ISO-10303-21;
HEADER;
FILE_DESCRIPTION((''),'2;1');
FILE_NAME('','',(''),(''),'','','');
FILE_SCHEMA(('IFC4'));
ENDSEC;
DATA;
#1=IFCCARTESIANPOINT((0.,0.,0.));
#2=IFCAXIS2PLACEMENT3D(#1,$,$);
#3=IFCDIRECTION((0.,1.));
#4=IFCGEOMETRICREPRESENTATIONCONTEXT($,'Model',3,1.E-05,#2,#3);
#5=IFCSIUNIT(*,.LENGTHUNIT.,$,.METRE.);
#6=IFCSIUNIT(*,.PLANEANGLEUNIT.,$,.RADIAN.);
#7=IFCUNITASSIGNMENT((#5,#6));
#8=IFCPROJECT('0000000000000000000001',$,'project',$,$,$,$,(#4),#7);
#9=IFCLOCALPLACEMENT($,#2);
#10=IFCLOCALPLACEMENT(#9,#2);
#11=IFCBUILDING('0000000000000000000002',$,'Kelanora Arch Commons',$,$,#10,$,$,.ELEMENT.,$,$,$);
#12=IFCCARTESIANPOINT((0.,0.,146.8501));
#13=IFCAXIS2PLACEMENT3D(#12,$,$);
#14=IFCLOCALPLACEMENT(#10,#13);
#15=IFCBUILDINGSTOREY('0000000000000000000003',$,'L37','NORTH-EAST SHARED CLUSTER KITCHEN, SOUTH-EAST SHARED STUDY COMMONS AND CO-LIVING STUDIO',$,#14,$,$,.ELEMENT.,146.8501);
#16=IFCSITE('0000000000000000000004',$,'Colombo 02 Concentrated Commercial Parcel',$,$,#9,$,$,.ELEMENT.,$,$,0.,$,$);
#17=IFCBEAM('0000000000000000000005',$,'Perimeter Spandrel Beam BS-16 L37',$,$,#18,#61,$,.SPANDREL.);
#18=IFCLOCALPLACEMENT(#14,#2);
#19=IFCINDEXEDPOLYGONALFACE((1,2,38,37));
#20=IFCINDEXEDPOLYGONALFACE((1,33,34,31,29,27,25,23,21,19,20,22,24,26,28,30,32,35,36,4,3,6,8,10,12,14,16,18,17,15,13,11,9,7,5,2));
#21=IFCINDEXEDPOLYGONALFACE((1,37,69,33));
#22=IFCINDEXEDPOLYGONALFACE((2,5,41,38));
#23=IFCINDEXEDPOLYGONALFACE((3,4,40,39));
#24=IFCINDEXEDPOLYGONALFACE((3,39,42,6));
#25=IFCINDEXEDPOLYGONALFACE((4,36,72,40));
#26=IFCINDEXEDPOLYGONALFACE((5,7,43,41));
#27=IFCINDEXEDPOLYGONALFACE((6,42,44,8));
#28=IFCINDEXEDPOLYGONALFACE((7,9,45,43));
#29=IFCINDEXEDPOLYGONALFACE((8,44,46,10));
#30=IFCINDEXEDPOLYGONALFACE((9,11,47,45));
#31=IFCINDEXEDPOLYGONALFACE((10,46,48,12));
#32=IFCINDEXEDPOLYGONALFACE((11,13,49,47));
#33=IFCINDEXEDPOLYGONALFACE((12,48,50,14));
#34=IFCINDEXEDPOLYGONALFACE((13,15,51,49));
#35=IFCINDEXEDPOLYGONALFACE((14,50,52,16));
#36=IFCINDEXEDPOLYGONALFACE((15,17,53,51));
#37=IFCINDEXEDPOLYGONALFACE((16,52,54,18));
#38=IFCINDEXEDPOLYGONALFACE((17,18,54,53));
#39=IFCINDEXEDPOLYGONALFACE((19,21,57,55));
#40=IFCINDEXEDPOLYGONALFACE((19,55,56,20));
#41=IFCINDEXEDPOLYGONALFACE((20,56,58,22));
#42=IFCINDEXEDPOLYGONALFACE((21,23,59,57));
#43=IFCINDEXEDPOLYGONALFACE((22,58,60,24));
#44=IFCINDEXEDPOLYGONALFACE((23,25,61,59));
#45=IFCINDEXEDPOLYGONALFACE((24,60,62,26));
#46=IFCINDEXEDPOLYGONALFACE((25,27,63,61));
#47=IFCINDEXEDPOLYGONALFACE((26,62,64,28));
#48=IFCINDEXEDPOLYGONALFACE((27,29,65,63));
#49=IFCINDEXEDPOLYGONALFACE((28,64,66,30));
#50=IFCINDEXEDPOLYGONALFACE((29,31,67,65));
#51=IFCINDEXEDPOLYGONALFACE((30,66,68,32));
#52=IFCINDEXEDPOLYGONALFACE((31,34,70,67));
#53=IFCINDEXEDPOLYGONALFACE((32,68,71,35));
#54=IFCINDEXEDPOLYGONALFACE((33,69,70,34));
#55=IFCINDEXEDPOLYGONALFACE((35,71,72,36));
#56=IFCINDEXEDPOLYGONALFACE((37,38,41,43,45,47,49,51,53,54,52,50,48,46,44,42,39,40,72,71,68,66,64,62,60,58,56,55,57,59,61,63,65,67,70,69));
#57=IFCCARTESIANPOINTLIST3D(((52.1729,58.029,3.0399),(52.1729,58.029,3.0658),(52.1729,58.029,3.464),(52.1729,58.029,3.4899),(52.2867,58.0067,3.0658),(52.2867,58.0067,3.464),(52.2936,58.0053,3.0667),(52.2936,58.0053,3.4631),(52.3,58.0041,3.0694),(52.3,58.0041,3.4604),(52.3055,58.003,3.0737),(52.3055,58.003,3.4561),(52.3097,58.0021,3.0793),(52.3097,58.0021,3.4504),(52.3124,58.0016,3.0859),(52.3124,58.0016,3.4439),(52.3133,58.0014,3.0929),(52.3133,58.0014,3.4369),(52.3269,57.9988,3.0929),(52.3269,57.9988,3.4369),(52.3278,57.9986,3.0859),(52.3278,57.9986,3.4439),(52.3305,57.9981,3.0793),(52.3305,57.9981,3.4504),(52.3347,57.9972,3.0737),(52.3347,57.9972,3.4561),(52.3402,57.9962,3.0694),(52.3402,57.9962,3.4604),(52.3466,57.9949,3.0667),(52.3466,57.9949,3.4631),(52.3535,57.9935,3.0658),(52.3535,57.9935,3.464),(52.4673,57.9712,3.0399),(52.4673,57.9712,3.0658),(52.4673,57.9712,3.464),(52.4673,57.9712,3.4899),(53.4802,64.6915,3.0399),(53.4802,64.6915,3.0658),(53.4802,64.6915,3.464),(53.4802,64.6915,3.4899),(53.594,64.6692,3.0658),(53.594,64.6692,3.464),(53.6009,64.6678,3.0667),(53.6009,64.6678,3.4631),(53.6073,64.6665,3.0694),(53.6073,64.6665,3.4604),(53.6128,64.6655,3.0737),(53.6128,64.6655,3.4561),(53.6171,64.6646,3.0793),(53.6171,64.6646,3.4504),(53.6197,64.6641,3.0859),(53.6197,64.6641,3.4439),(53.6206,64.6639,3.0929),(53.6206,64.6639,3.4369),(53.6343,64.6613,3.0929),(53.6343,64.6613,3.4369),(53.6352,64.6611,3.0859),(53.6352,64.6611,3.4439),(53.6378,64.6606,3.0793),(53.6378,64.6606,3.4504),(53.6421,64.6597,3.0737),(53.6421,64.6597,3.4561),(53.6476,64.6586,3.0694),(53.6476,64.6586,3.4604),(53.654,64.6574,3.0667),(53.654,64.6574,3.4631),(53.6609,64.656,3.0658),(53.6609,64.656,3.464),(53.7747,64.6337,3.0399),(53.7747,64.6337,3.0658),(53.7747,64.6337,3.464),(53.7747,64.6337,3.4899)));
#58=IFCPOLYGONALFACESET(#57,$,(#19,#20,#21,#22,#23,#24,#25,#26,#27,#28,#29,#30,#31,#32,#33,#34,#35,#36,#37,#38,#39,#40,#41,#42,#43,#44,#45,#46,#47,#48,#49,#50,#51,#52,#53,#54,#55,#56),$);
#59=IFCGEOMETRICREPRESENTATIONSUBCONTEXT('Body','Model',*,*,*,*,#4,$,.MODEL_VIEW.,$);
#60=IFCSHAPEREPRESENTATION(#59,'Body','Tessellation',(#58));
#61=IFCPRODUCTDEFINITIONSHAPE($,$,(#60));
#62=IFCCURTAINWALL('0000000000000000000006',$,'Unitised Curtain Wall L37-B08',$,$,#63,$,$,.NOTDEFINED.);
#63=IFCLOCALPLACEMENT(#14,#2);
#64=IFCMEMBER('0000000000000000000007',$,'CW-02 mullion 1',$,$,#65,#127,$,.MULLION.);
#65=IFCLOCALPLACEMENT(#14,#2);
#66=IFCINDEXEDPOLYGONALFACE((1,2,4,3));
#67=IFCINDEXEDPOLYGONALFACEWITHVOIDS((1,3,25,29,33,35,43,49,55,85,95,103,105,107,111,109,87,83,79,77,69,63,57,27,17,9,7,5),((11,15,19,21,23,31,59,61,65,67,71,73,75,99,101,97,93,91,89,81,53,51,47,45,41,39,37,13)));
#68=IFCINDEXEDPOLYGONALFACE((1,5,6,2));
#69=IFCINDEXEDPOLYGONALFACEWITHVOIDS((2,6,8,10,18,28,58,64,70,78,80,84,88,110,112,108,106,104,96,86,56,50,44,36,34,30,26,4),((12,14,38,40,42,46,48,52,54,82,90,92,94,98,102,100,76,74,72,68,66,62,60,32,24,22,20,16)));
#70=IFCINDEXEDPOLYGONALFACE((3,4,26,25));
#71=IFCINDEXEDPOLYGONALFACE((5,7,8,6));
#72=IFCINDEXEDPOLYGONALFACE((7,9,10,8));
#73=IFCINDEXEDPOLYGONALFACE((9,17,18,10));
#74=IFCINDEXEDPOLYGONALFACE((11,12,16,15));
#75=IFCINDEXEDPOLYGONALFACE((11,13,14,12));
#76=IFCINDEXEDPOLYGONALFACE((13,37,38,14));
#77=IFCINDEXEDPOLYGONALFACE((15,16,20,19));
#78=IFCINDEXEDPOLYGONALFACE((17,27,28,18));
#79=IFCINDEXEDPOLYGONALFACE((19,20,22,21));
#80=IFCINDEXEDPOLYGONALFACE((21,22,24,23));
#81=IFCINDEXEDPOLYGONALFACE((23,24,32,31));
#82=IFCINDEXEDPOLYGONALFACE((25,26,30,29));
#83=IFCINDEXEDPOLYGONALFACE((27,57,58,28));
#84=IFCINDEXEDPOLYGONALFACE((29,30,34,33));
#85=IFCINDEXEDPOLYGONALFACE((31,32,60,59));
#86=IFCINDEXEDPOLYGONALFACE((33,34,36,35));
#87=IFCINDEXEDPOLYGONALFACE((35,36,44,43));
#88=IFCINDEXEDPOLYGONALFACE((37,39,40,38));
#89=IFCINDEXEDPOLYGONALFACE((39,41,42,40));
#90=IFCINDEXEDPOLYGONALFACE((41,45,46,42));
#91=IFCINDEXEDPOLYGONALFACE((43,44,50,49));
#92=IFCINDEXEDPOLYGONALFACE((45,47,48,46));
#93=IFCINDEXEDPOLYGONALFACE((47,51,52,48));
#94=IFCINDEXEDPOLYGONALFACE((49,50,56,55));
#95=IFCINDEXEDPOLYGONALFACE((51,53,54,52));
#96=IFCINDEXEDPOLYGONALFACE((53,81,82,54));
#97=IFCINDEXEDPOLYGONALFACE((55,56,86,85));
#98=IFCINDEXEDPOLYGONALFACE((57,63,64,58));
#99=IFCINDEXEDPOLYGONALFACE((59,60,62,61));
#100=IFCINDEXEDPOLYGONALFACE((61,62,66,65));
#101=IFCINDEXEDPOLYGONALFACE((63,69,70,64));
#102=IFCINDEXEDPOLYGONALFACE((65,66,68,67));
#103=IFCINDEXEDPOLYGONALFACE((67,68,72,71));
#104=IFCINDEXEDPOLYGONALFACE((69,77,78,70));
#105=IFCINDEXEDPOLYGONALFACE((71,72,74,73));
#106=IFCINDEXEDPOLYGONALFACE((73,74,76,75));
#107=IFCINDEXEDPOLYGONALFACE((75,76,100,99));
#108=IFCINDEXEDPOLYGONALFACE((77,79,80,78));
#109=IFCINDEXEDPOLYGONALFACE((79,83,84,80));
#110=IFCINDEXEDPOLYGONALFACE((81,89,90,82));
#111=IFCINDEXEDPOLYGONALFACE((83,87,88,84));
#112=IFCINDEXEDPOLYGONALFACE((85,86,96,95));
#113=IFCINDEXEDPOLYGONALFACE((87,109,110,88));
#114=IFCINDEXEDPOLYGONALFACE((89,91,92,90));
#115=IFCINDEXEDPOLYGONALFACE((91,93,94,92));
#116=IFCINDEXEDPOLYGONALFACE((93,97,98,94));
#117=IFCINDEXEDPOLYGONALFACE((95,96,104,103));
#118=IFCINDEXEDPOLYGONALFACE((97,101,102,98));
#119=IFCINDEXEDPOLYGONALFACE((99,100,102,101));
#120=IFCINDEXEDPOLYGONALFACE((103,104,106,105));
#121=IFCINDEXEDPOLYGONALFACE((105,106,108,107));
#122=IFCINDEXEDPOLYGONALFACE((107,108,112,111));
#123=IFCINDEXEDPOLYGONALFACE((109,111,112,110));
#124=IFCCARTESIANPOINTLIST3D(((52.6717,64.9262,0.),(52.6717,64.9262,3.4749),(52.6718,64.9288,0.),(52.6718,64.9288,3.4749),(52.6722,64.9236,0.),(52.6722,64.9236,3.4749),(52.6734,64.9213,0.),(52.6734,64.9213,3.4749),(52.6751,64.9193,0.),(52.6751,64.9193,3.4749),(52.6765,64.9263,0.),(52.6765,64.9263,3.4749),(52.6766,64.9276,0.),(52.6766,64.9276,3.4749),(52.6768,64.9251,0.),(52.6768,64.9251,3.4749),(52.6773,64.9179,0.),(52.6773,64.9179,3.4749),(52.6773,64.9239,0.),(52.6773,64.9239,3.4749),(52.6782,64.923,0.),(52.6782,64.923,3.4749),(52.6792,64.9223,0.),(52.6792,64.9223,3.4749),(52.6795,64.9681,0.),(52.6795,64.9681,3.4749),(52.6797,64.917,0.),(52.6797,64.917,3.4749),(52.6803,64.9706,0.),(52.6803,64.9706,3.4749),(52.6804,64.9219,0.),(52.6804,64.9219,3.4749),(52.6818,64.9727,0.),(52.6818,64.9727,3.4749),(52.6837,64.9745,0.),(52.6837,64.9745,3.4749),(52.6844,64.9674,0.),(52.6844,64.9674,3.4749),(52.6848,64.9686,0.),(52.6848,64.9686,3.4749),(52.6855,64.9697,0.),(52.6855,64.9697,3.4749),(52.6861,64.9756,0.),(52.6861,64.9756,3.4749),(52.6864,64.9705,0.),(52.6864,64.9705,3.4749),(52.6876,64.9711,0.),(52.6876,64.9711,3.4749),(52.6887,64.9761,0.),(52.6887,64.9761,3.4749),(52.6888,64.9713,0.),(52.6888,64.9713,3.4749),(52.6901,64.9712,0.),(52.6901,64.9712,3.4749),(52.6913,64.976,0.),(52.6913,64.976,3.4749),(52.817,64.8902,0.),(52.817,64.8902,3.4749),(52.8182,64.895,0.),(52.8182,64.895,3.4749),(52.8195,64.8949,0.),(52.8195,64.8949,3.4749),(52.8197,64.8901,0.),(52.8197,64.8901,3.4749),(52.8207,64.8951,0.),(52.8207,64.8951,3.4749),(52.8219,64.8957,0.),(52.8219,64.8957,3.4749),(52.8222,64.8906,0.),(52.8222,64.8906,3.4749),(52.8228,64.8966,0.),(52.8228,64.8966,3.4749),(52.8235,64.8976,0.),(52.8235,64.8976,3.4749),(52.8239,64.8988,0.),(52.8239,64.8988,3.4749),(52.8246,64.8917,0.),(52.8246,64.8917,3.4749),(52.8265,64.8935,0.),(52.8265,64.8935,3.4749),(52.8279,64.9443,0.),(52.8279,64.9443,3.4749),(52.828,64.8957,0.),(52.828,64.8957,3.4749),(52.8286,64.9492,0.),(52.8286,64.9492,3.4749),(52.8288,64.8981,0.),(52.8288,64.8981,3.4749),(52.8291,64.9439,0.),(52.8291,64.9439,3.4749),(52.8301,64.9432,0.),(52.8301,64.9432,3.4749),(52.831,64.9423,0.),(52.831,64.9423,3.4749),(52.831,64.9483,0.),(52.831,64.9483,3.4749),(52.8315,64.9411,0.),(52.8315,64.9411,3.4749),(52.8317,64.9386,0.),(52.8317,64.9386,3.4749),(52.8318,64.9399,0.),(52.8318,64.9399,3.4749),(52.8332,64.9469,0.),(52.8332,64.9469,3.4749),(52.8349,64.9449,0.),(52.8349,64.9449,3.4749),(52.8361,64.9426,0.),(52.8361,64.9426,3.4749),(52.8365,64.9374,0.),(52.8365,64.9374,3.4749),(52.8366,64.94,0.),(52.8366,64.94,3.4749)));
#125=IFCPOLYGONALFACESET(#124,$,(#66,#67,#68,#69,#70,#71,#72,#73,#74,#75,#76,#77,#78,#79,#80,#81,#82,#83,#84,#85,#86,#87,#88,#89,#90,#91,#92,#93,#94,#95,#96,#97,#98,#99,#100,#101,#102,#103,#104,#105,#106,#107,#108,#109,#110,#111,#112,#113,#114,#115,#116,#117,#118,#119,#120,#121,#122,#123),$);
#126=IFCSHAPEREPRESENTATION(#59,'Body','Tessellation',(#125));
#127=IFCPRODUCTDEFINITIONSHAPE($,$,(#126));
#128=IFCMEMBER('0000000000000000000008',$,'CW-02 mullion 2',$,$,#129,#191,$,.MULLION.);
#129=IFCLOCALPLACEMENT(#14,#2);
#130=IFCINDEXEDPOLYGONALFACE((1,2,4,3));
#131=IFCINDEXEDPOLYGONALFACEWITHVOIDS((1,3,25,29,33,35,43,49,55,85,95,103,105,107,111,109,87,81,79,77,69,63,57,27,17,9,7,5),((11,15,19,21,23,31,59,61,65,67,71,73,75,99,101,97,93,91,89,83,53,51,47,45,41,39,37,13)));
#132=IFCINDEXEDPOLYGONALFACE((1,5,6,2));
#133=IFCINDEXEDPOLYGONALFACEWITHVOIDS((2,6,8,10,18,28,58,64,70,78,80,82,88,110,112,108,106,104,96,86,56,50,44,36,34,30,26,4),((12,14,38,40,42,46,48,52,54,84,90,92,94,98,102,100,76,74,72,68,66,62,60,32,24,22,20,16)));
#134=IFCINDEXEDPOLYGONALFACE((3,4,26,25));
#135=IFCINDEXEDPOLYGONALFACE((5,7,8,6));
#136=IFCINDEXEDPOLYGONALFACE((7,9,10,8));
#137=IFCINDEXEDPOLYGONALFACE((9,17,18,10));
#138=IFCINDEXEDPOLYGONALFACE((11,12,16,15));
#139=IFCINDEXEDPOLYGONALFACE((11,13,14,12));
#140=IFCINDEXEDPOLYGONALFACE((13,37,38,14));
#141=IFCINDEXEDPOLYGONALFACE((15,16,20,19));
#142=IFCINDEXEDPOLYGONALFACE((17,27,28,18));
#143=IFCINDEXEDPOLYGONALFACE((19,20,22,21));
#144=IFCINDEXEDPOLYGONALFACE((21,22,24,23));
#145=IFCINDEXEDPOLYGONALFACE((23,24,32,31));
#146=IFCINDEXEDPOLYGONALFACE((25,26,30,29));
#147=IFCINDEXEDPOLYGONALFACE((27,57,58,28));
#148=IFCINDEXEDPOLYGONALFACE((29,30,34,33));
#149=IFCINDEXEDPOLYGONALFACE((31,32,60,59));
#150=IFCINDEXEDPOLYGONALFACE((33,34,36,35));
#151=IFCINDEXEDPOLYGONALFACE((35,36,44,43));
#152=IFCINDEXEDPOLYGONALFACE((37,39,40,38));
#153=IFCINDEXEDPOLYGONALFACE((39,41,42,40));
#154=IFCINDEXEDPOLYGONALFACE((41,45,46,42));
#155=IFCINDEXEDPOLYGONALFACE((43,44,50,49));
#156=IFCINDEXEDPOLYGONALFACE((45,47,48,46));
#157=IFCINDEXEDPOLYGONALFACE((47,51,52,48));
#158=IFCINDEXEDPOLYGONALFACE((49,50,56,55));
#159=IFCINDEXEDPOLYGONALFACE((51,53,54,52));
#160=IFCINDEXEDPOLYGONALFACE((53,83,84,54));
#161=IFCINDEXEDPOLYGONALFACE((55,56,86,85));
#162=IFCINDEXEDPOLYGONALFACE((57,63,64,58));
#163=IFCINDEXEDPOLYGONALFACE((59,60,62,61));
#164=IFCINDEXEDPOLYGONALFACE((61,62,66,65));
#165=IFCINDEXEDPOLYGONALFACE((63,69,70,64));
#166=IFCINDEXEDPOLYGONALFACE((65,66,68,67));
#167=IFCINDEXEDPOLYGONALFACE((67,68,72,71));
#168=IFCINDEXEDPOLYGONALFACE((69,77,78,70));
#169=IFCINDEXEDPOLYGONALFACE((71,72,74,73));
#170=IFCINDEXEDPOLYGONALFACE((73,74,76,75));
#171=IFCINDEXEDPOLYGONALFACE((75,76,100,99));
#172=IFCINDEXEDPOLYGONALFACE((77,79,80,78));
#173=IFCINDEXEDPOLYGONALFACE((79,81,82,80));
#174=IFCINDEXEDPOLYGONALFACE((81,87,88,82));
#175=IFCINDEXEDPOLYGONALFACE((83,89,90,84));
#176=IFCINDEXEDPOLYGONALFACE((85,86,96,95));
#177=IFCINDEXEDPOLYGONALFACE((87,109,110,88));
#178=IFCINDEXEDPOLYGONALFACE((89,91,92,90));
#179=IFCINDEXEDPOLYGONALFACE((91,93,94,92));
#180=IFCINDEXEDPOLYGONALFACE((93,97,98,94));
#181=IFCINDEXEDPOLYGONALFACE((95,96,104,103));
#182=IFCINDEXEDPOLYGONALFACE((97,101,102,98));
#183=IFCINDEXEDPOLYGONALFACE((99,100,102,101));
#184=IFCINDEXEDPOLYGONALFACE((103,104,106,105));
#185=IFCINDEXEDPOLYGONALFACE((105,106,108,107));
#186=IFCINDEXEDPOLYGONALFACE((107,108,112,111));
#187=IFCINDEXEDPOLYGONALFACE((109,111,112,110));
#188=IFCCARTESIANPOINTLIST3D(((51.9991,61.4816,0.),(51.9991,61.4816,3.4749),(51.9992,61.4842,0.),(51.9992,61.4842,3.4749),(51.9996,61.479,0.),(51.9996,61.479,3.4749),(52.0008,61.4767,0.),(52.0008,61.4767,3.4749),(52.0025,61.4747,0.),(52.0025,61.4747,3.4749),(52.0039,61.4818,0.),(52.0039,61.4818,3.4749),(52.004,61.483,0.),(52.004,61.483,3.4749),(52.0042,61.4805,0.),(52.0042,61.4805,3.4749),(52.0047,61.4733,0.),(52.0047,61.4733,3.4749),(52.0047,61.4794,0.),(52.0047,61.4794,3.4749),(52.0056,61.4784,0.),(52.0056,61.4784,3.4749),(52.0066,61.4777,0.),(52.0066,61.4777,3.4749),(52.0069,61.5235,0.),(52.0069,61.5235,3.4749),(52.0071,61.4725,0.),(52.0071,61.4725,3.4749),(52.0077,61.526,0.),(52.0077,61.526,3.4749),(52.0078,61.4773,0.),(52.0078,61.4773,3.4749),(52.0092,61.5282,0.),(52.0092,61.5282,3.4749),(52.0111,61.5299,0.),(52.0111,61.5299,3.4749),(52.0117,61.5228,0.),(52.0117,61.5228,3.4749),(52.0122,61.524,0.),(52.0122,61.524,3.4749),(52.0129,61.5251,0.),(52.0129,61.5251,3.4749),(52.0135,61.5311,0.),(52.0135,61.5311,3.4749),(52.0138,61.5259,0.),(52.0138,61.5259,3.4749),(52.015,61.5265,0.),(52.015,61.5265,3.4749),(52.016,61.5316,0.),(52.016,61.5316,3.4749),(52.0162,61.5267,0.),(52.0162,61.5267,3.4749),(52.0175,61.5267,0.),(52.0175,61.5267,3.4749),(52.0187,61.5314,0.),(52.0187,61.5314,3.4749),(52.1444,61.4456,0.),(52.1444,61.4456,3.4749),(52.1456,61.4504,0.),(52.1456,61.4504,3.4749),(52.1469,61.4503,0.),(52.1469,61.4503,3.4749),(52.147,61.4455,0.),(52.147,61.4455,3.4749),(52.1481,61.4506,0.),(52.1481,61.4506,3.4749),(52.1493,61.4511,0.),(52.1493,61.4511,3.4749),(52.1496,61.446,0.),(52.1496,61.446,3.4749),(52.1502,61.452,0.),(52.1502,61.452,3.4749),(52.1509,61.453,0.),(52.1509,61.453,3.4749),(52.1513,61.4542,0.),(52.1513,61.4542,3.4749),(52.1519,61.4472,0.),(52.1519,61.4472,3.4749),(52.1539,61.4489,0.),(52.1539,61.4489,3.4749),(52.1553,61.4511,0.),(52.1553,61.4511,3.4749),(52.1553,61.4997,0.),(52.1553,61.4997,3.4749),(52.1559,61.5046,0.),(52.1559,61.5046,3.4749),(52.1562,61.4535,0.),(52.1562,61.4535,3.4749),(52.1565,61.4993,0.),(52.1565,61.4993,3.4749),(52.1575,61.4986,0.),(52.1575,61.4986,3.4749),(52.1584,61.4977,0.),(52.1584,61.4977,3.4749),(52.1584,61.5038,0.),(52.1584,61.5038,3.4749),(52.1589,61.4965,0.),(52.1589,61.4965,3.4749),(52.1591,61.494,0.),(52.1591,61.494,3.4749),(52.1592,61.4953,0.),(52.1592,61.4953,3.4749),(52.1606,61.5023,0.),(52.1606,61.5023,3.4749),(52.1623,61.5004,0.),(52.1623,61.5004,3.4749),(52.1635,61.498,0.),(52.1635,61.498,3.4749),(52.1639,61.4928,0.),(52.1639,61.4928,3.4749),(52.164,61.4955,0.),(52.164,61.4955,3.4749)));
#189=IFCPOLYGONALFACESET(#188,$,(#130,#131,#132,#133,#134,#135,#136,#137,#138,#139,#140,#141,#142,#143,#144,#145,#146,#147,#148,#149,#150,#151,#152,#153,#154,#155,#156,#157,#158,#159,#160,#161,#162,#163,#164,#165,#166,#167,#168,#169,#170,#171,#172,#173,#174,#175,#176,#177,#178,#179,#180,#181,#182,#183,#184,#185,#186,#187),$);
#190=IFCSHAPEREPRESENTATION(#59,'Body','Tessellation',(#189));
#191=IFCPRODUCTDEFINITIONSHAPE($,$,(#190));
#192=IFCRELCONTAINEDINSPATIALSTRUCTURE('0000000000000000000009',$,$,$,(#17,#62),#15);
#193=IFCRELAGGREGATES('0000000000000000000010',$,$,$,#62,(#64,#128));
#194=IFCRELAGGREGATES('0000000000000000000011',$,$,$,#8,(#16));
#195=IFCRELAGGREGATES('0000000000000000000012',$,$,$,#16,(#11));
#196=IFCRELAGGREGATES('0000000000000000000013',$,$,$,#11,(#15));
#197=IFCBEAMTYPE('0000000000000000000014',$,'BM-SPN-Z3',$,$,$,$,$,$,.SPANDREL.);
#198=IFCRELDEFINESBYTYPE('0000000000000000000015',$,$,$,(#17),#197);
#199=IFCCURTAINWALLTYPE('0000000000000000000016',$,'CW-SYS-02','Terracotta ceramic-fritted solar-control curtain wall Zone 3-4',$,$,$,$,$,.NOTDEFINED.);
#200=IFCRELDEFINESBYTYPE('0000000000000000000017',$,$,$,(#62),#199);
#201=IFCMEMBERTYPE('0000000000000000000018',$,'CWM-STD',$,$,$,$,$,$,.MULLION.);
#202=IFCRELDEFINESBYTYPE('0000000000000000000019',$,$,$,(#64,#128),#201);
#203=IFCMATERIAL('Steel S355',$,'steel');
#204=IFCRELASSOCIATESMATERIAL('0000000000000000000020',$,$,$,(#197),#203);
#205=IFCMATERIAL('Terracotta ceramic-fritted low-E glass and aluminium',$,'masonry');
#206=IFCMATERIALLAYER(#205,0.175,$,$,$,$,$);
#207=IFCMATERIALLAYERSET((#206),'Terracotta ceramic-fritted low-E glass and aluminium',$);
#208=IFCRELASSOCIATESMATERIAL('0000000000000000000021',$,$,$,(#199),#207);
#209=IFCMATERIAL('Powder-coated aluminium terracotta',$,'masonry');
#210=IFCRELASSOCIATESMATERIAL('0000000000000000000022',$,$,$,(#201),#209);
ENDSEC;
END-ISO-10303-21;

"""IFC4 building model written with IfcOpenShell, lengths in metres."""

from ifc_helpers import new_model, si_unit, direction, frame, origin, origin_2d, place, context, subcontext, project, spatial, hollow_rectangle, i_section, extrude, material, layer, layer_set, material_profile, profile_set, type_object, element, aggregate, save


model = new_model("IFC4")

# Units and contexts
model_context = context("Model", 3, precision=1e-05, world=origin(), true_north=direction((0.0, 1.0)))
body_context = subcontext(model_context, "Body", "Model", "MODEL_VIEW")
ifc_project = project(units=[si_unit("LENGTHUNIT", "METRE"), si_unit("PLANEANGLEUNIT", "RADIAN")], contexts=[model_context])

# Site, building, storey
site_placement = place(None, origin())
site = spatial("IfcSite", under=ifc_project, at=site_placement, Name="Colombo 02 Concentrated Commercial Parcel", CompositionType="ELEMENT", RefElevation=0.0)
building_placement = place(site_placement, origin())
building = spatial("IfcBuilding", under=site, at=building_placement, Name="Kelanora Arch Commons", CompositionType="ELEMENT")
storey_placement = place(building_placement, frame((0.0, 0.0, 146.8501)))
storey = spatial("IfcBuildingStorey", under=building, at=storey_placement, Name="L37", Description="NORTH-EAST SHARED CLUSTER KITCHEN, SOUTH-EAST SHARED STUDY COMMONS AND CO-LIVING STUDIO", CompositionType="ELEMENT", Elevation=146.8501)

# Beam
ifc_material_1 = material(Name="Steel S355", Category="steel")
ifc_material_profile_1 = material_profile(ifc_material_1, i_section(OverallWidth=0.3, OverallDepth=0.45, WebThickness=0.0139, FlangeThickness=0.0259, FilletRadius=0.0271, at=origin_2d()), Name="HEB450")
ifc_profile_set_1 = profile_set([ifc_material_profile_1], Name="Steel S355")
beam_type_1 = type_object("IfcBeamType", Name="BM-SPN-Z3", PredefinedType="SPANDREL", material=ifc_profile_set_1)
beam_1_placement = place(storey_placement, frame((53.6274, 64.6626, 3.2649), z_axis=(-0.192554, -0.981286, 0.0), x_axis=(0.981286, -0.192554, 0.0)))
element("IfcBeam", 1, at=beam_1_placement, inside=storey, type_object=beam_type_1, Name="Perimeter Spandrel Beam BS-16 L37", PredefinedType="SPANDREL", context=body_context, shape_type="SweptSolid", body=[
    extrude(i_section(OverallWidth=0.3, OverallDepth=0.45, WebThickness=0.0139, FlangeThickness=0.0259, FilletRadius=0.0271, at=origin_2d()), origin(), (0.0, 0.0, 1.0), 6.7896),
])

# Curtain wall, members
ifc_material_2 = material(Name="Terracotta ceramic-fritted low-E glass and aluminium", Category="masonry")
ifc_layer_1 = layer(ifc_material_2, 0.175)
ifc_layer_set_1 = layer_set([ifc_layer_1], Name="Terracotta ceramic-fritted low-E glass and aluminium")
curtain_wall_type = type_object("IfcCurtainWallType", Name="CW-SYS-02", Description="Terracotta ceramic-fritted solar-control curtain wall Zone 3-4", PredefinedType="NOTDEFINED", material=ifc_layer_set_1)
curtain_wall_placement = place(storey_placement, origin())
curtain_wall = element("IfcCurtainWall", 2, at=curtain_wall_placement, inside=storey, type_object=curtain_wall_type, Name="Unitised Curtain Wall L37-B08", PredefinedType="NOTDEFINED")
ifc_material_3 = material(Name="Powder-coated aluminium terracotta", Category="masonry")
ifc_material_profile_2 = material_profile(ifc_material_3, hollow_rectangle(XDim=0.1599, YDim=0.0601, WallThickness=0.0049, InnerFilletRadius=0.0049, OuterFilletRadius=0.01, at=origin_2d()), Name="CWM160x60")
ifc_profile_set_2 = profile_set([ifc_material_profile_2], Name="Powder-coated aluminium terracotta")
member_type_1 = type_object("IfcMemberType", Name="CWM-STD", PredefinedType="MULLION", material=ifc_profile_set_2)
member_1_placement = place(storey_placement, frame((52.7542, 64.9331, 0.0), z_axis=(0.0, 0.0, 1.0), x_axis=(0.981453, -0.191705, 0.0)))
member_1 = element("IfcMember", 3, at=member_1_placement, type_object=member_type_1, Name="CW-02 mullion 1", PredefinedType="MULLION", context=body_context, shape_type="SweptSolid", body=[
    extrude(hollow_rectangle(XDim=0.1599, YDim=0.0601, WallThickness=0.0049, InnerFilletRadius=0.0049, OuterFilletRadius=0.01, at=origin_2d()), origin(), (0.0, 0.0, 1.0), 3.4749),
])
member_2_placement = place(storey_placement, frame((52.0815, 61.4885, 0.0), z_axis=(0.0, 0.0, 1.0), x_axis=(0.981453, -0.191705, 0.0)))
member_2 = element("IfcMember", 4, at=member_2_placement, type_object=member_type_1, Name="CW-02 mullion 2", PredefinedType="MULLION", context=body_context, shape_type="SweptSolid", body=[
    extrude(hollow_rectangle(XDim=0.1599, YDim=0.0601, WallThickness=0.0049, InnerFilletRadius=0.0049, OuterFilletRadius=0.01, at=origin_2d()), origin(), (0.0, 0.0, 1.0), 3.4749),
])
aggregate(curtain_wall, [member_1, member_2])

save(model, "model.ifc")
